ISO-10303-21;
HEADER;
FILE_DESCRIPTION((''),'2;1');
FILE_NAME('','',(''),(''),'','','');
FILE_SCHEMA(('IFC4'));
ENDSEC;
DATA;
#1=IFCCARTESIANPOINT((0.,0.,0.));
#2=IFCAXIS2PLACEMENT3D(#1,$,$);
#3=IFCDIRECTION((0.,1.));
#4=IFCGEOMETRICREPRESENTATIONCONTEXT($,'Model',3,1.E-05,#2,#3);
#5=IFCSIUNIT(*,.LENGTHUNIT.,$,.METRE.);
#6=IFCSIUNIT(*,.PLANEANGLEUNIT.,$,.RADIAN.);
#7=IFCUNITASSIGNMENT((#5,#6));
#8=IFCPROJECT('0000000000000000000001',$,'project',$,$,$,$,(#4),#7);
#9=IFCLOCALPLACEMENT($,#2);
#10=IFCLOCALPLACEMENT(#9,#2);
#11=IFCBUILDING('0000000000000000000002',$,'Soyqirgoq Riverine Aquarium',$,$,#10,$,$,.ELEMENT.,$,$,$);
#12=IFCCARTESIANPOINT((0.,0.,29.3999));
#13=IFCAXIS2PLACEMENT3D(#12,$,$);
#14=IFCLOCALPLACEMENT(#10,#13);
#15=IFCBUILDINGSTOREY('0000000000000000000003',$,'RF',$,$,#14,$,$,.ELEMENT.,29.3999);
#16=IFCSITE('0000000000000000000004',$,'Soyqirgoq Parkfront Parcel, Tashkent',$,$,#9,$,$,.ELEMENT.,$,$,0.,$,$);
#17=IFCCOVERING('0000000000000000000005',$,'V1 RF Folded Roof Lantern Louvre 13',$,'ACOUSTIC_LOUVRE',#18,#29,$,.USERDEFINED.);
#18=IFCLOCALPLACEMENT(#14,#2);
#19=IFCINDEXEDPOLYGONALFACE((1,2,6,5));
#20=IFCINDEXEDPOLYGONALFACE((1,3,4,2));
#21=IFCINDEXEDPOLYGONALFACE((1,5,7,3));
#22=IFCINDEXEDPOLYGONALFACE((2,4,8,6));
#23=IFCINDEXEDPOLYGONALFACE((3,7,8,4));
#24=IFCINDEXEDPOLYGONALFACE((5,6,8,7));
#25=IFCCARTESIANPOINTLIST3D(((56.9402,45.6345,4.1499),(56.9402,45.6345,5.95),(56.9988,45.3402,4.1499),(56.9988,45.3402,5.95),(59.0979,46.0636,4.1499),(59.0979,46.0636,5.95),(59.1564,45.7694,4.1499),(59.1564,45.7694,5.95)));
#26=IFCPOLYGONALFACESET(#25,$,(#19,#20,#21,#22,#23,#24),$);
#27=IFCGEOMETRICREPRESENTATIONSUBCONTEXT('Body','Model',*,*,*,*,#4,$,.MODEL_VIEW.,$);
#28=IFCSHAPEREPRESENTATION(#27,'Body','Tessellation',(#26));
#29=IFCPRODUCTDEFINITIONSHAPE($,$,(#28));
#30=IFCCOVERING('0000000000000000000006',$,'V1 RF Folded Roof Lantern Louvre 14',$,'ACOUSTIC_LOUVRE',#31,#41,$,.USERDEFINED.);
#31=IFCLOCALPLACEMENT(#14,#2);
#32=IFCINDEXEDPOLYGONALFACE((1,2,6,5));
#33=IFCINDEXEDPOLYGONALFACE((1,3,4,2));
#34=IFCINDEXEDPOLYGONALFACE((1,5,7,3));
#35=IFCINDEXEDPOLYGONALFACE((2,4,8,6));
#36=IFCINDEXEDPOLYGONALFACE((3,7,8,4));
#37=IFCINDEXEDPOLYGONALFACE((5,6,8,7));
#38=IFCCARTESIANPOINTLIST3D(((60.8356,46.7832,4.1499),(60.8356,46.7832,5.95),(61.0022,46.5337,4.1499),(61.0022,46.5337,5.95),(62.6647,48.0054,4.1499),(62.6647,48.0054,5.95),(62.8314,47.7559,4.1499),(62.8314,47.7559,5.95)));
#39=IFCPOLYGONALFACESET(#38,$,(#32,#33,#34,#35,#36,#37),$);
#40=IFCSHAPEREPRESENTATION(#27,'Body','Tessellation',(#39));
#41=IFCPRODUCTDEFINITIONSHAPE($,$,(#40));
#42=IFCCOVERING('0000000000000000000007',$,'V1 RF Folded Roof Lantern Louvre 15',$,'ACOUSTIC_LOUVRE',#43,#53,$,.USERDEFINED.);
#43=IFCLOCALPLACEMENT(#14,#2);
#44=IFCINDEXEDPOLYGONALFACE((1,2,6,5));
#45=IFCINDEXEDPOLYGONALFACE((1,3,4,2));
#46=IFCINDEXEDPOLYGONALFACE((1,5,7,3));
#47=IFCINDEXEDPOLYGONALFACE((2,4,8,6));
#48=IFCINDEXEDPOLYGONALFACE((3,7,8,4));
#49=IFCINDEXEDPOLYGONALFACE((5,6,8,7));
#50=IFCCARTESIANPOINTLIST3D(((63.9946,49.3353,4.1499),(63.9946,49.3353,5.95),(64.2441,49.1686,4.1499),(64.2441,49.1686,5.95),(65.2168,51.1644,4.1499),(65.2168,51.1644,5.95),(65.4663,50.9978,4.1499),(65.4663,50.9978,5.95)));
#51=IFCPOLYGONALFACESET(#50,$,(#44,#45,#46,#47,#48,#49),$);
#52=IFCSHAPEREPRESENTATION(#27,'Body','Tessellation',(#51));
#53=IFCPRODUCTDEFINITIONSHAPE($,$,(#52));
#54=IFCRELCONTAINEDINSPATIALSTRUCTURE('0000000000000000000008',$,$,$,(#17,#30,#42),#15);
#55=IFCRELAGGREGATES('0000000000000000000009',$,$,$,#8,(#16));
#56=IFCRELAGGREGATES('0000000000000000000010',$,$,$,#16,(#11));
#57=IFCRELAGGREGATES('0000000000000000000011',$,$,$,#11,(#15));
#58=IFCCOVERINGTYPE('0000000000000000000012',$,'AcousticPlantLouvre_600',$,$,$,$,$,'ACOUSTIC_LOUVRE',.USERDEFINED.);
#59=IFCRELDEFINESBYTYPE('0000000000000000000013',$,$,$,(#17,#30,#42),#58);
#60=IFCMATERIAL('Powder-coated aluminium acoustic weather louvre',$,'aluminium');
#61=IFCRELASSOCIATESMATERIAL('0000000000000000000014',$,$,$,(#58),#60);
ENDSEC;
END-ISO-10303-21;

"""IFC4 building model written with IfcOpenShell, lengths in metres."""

from ifc_helpers import new_model, si_unit, direction, frame, origin, origin_2d, place, context, subcontext, project, spatial, rectangle, extrude, material, type_object, element, save


model = new_model("IFC4")

# Units and contexts
model_context = context("Model", 3, precision=1e-05, world=origin(), true_north=direction((0.0, 1.0)))
body_context = subcontext(model_context, "Body", "Model", "MODEL_VIEW")
ifc_project = project(units=[si_unit("LENGTHUNIT", "METRE"), si_unit("PLANEANGLEUNIT", "RADIAN")], contexts=[model_context])

# Site, building, storey
site_placement = place(None, origin())
site = spatial("IfcSite", under=ifc_project, at=site_placement, Name="Soyqirgoq Parkfront Parcel, Tashkent", CompositionType="ELEMENT", RefElevation=0.0)
building_placement = place(site_placement, origin())
building = spatial("IfcBuilding", under=site, at=building_placement, Name="Soyqirgoq Riverine Aquarium", CompositionType="ELEMENT")
storey_placement = place(building_placement, frame((0.0, 0.0, 29.3999)))
storey = spatial("IfcBuildingStorey", under=building, at=storey_placement, Name="RF", CompositionType="ELEMENT", Elevation=29.3999)

# Coverings
ifc_material_1 = material(Name="Powder-coated aluminium acoustic weather louvre", Category="aluminium")
covering_type = type_object("IfcCoveringType", Name="AcousticPlantLouvre_600", ElementType="ACOUSTIC_LOUVRE", PredefinedType="USERDEFINED", material=ifc_material_1)
for number, where, z_axis, x_axis, name in (
    (1, (58.0483, 45.7019, 4.1499), (0.0, 0.0, 1.0), (0.980785, 0.19509, 0.0), "V1 RF Folded Roof Lantern Louvre 13"),
    (2, (61.8335, 47.2695, 4.1499), (0.0, 0.0, 1.0), (0.83147, 0.55557, 0.0), "V1 RF Folded Roof Lantern Louvre 14"),
    (3, (64.7305, 50.1665, 4.1499), (0.0, 0.0, 1.0), (0.55557, 0.83147, 0.0), "V1 RF Folded Roof Lantern Louvre 15"),
):
    element("IfcCovering", number, at=place(storey_placement, frame(where, z_axis=z_axis, x_axis=x_axis)), inside=storey, type_object=covering_type, Name=name, ObjectType="ACOUSTIC_LOUVRE", PredefinedType="USERDEFINED", context=body_context, shape_type="SweptSolid", body=[
        extrude(rectangle(XDim=2.2, YDim=0.3, at=origin_2d()), origin(), (0.0, 0.0, 1.0), 1.8),
    ])

save(model, "model.ifc")
